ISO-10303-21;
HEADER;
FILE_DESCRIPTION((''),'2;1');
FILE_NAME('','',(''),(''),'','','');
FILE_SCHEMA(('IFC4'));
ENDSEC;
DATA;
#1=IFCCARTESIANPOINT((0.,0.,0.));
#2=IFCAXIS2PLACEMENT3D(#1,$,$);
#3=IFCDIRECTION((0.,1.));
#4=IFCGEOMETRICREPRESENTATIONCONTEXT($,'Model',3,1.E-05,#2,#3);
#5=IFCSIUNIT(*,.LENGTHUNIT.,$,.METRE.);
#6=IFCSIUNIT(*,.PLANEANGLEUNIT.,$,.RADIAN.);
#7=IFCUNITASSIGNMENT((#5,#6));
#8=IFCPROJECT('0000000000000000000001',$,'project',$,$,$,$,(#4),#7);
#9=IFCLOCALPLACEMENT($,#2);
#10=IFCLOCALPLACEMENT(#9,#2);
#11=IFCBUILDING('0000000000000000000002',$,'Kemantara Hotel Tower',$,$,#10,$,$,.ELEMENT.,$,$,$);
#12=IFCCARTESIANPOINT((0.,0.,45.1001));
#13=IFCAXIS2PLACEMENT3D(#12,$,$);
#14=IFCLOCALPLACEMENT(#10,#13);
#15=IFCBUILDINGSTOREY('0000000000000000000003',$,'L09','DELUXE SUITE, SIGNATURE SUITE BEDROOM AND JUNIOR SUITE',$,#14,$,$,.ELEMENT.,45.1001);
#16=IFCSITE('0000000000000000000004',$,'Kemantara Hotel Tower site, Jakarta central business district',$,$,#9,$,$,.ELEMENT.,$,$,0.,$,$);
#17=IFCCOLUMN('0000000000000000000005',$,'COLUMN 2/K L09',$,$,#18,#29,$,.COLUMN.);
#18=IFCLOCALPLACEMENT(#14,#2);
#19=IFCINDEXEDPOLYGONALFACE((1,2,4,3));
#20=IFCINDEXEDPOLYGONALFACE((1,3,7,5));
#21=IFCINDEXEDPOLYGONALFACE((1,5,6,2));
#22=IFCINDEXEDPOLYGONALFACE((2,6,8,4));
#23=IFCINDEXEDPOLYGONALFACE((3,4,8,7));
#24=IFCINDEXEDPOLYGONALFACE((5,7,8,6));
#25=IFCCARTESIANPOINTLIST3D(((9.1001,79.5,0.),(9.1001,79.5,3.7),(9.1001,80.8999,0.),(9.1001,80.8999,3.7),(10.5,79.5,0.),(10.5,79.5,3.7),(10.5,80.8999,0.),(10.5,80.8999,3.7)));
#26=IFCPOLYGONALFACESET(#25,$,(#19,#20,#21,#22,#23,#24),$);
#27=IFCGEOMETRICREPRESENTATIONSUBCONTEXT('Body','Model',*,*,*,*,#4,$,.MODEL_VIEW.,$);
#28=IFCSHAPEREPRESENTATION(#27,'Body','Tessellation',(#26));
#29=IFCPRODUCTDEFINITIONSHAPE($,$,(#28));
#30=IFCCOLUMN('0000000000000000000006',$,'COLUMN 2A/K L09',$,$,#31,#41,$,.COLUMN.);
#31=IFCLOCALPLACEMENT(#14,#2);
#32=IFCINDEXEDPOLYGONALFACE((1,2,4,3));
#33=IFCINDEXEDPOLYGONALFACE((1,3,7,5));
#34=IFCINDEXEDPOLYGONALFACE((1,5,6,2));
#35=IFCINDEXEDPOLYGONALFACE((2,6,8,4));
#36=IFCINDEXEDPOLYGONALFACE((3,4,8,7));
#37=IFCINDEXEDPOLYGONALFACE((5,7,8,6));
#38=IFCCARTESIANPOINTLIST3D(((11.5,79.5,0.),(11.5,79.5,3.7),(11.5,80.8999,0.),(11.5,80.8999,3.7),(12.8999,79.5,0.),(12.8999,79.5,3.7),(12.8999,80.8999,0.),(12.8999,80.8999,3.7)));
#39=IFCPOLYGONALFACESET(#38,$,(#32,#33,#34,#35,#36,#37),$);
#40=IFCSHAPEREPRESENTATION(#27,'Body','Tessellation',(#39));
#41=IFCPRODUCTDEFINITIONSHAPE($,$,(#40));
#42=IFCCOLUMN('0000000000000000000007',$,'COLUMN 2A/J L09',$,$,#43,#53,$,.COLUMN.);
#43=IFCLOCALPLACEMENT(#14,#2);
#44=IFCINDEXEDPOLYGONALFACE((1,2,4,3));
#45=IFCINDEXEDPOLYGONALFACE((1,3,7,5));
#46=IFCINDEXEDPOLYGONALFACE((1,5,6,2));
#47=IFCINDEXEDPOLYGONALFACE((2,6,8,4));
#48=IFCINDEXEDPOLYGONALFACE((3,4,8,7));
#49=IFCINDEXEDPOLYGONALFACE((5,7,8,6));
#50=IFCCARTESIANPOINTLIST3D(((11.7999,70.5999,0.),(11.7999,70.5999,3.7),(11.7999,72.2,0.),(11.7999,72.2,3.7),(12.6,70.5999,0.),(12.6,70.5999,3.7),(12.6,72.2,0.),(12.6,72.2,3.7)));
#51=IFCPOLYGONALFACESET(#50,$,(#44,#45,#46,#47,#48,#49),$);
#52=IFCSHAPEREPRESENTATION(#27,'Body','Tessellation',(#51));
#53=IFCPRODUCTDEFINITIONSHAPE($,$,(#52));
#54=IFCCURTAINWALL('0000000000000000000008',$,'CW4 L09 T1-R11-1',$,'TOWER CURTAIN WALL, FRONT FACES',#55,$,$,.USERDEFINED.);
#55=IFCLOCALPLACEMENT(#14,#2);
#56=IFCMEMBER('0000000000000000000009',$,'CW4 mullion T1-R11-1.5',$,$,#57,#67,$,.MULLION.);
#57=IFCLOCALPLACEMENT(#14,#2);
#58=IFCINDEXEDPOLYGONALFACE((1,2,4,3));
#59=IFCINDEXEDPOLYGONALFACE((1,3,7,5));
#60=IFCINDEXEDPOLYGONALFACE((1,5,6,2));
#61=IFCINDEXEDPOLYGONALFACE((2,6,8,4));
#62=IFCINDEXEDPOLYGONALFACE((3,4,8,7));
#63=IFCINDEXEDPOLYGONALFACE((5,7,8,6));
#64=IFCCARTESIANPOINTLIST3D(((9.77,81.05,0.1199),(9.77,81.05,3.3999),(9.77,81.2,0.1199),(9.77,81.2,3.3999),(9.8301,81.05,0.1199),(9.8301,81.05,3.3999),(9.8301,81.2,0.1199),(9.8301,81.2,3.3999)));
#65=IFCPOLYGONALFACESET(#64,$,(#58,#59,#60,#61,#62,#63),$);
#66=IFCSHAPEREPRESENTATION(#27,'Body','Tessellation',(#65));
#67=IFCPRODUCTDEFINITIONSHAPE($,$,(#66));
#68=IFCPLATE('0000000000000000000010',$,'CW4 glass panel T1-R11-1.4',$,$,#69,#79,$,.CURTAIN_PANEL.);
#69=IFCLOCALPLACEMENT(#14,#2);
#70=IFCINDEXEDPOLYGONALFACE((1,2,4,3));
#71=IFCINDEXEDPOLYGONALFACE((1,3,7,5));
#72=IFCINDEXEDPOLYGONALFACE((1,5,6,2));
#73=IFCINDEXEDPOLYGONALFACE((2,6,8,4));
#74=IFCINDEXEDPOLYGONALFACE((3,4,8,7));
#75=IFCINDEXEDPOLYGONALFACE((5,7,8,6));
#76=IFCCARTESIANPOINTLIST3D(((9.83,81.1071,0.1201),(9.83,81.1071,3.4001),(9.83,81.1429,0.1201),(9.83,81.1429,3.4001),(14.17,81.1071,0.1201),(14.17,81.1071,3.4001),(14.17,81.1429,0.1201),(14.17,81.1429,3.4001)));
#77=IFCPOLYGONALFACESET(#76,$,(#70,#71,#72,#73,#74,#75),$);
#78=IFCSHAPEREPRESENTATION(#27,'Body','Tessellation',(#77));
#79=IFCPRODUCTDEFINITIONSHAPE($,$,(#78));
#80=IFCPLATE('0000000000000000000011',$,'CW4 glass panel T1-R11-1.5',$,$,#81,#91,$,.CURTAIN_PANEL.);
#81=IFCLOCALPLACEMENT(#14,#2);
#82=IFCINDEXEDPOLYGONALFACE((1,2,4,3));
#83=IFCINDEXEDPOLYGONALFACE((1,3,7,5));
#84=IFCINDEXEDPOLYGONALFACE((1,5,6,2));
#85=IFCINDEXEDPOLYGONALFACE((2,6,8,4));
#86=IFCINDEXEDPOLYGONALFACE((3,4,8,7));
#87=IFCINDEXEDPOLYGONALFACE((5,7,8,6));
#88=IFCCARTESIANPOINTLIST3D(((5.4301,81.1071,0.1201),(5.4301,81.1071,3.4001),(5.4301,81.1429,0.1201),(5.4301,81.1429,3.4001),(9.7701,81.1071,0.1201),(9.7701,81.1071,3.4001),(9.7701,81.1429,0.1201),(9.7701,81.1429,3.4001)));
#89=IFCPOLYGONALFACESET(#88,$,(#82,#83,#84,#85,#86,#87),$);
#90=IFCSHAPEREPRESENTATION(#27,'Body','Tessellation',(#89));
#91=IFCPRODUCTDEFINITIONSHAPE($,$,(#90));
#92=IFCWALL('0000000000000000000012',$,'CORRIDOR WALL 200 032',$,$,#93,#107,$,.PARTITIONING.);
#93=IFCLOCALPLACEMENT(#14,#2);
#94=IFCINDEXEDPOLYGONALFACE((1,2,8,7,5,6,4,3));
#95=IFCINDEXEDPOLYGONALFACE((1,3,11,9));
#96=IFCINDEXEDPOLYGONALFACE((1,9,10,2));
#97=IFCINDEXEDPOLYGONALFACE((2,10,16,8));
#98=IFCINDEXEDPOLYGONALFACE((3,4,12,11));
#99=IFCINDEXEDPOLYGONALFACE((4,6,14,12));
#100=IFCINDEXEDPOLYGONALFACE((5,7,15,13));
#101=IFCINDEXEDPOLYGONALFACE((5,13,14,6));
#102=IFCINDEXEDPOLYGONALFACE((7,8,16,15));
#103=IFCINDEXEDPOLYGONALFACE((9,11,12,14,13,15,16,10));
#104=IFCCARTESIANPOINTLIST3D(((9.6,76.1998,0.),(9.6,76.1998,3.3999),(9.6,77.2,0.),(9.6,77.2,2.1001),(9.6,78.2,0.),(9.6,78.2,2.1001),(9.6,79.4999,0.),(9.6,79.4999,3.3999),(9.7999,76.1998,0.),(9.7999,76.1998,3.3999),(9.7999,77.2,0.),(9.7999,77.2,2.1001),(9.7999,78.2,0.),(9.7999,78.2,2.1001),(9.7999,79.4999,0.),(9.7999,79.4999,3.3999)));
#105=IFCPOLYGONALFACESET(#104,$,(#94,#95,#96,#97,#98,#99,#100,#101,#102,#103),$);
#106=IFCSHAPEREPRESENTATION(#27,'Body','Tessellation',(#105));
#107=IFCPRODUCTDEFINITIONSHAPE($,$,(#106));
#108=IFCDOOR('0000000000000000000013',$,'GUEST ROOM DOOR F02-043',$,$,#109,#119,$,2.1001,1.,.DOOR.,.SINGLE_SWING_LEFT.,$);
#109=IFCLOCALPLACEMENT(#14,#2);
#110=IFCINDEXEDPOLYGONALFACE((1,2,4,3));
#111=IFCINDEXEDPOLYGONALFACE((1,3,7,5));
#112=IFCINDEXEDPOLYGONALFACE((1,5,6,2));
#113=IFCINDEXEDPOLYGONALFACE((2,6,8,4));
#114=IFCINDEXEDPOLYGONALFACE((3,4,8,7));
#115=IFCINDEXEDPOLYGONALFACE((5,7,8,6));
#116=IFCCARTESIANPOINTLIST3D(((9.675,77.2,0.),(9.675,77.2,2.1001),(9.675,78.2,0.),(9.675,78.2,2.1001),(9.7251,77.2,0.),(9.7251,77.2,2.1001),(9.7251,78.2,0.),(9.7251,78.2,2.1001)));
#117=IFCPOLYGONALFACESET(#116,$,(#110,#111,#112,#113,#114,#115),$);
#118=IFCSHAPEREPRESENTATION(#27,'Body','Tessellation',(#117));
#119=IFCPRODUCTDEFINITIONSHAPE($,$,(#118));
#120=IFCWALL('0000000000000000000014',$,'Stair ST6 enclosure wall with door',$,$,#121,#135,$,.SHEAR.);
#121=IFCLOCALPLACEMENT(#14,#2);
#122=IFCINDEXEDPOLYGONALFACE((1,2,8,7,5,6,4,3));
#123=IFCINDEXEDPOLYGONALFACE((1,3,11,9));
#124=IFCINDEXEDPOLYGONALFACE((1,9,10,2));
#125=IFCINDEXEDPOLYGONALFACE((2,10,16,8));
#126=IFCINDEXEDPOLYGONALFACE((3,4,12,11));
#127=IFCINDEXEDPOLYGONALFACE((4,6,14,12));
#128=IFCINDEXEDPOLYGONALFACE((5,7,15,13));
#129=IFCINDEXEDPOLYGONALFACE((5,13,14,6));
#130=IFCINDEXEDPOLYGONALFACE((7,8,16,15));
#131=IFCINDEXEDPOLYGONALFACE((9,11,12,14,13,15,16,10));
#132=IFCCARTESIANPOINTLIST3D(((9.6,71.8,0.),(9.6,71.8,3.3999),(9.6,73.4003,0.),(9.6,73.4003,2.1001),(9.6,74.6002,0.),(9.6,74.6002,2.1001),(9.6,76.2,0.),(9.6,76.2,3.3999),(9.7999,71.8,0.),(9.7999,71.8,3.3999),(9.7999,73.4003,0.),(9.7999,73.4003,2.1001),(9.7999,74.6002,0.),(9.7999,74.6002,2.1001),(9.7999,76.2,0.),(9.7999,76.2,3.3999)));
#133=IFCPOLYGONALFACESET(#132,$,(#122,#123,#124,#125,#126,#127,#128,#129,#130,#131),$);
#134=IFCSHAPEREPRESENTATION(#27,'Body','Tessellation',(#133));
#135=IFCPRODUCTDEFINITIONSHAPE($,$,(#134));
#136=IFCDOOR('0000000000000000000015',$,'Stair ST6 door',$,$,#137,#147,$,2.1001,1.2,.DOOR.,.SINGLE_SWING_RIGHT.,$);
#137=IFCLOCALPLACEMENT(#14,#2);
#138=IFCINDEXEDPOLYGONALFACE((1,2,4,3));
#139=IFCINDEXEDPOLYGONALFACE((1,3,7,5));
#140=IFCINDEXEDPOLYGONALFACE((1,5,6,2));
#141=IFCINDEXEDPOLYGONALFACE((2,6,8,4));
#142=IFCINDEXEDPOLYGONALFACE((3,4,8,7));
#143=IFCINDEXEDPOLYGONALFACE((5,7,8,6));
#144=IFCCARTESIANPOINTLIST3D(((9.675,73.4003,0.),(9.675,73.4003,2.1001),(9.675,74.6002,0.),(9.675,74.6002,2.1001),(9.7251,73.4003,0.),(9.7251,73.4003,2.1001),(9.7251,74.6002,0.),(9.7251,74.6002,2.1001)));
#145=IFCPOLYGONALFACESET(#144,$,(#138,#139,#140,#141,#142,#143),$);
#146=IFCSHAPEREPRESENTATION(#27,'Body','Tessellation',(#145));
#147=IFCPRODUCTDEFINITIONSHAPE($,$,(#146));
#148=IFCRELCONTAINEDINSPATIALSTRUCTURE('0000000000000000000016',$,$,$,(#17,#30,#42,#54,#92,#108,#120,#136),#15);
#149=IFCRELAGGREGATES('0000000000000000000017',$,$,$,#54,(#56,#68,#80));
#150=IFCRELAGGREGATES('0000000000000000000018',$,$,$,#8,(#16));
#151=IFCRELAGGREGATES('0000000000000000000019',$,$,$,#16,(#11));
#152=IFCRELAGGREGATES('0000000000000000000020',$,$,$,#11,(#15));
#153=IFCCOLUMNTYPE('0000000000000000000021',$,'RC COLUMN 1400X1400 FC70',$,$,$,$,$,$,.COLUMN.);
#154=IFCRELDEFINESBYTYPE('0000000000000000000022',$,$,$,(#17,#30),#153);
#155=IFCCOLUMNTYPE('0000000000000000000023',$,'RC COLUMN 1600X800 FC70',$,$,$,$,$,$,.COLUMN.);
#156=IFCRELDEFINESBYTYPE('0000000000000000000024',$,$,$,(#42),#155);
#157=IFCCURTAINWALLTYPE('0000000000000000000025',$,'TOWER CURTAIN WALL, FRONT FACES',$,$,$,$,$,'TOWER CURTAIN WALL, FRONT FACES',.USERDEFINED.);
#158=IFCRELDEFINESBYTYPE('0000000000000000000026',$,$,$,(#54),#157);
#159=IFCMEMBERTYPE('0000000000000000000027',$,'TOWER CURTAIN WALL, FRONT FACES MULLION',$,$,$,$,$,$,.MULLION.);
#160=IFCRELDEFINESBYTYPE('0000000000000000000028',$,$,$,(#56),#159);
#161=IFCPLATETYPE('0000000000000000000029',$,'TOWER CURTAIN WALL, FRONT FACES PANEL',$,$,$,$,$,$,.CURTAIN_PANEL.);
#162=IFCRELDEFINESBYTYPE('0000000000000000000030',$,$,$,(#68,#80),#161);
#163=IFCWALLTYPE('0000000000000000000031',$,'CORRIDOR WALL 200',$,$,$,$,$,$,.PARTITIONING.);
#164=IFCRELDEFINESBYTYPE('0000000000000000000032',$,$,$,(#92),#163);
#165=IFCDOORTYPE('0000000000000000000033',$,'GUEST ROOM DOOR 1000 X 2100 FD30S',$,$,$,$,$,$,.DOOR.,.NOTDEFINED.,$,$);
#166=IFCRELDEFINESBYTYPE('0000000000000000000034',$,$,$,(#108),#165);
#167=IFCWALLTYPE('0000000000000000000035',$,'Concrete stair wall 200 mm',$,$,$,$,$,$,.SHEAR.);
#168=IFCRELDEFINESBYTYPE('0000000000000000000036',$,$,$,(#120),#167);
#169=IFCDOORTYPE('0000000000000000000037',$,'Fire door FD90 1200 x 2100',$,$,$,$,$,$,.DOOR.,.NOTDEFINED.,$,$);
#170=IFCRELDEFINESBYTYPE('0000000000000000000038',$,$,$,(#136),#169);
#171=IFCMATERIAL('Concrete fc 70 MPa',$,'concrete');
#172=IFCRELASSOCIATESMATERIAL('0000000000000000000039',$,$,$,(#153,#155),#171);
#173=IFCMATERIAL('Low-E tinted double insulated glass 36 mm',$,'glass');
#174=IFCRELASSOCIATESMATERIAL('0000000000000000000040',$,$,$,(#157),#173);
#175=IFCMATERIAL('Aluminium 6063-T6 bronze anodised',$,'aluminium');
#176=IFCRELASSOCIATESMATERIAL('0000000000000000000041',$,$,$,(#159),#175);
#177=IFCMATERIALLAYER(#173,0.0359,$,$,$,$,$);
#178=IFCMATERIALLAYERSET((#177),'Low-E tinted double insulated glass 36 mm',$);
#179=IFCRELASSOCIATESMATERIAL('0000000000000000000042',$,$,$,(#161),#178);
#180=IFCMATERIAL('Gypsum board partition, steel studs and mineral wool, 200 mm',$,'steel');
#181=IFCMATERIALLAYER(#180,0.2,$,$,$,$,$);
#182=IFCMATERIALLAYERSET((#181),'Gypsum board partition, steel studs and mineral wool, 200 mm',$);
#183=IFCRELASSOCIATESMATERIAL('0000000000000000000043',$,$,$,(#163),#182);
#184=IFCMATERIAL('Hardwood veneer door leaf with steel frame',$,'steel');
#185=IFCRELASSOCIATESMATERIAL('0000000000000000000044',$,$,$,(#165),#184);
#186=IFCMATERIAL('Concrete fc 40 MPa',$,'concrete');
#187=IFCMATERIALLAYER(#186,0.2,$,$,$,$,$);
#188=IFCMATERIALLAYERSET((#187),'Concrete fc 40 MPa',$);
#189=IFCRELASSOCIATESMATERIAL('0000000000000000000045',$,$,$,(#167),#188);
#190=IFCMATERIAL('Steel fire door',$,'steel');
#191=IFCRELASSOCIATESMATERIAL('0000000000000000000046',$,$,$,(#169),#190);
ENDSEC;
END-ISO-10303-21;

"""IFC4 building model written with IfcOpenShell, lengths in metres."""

from ifc_helpers import new_model, si_unit, direction, frame, frame_2d, origin, origin_2d, place, context, subcontext, project, spatial, rectangle, extrude, source, transform, mapped, material, layer, layer_set, material_profile, profile_set, type_object, element, fill, aggregate, save


model = new_model("IFC4")

# Units and contexts
model_context = context("Model", 3, precision=1e-05, world=origin(), true_north=direction((0.0, 1.0)))
body_context = subcontext(model_context, "Body", "Model", "MODEL_VIEW")
ifc_project = project(units=[si_unit("LENGTHUNIT", "METRE"), si_unit("PLANEANGLEUNIT", "RADIAN")], contexts=[model_context])

# Site, building, storey
site_placement = place(None, origin())
site = spatial("IfcSite", under=ifc_project, at=site_placement, Name="Kemantara Hotel Tower site, Jakarta central business district", CompositionType="ELEMENT", RefElevation=0.0)
building_placement = place(site_placement, origin())
building = spatial("IfcBuilding", under=site, at=building_placement, Name="Kemantara Hotel Tower", CompositionType="ELEMENT")
storey_placement = place(building_placement, frame((0.0, 0.0, 45.1001)))
storey = spatial("IfcBuildingStorey", under=building, at=storey_placement, Name="L09", Description="DELUXE SUITE, SIGNATURE SUITE BEDROOM AND JUNIOR SUITE", CompositionType="ELEMENT", Elevation=45.1001)

# Columns
ifc_material_1 = material(Name="Concrete fc 70 MPa", Category="concrete")
ifc_material_profile_1 = material_profile(ifc_material_1, rectangle(XDim=1.3999, YDim=1.3999, at=origin_2d()), Name="RC 1400X1400")
ifc_profile_set_1 = profile_set([ifc_material_profile_1], Name="Concrete fc 70 MPa")
column_type_1 = type_object("IfcColumnType", Name="RC COLUMN 1400X1400 FC70", PredefinedType="COLUMN", material=ifc_profile_set_1)
for number, where, z_axis, x_axis, name in (
    (1, (9.8, 80.2, 0.0), (0.0, 0.0, 1.0), (1.0, 0.0, 0.0), "COLUMN 2/K L09"),
    (2, (12.2, 80.2, 0.0), (0.0, 0.0, 1.0), (1.0, 0.0, 0.0), "COLUMN 2A/K L09"),
):
    element("IfcColumn", number, at=place(storey_placement, frame(where, z_axis=z_axis, x_axis=x_axis)), inside=storey, type_object=column_type_1, Name=name, PredefinedType="COLUMN", context=body_context, shape_type="SweptSolid", body=[
        extrude(rectangle(XDim=1.3999, YDim=1.3999, at=origin_2d()), origin(), (0.0, 0.0, 1.0), 3.7),
    ])
ifc_material_profile_2 = material_profile(ifc_material_1, rectangle(XDim=1.6001, YDim=0.8, at=origin_2d()), Name="RC 1600X800")
ifc_profile_set_2 = profile_set([ifc_material_profile_2], Name="Concrete fc 70 MPa")
column_type_2 = type_object("IfcColumnType", Name="RC COLUMN 1600X800 FC70", PredefinedType="COLUMN", material=ifc_profile_set_2)
column_placement = place(storey_placement, frame((12.2, 71.3999, 0.0), z_axis=(0.0, 0.0, 1.0), x_axis=(0.0, 1.0, 0.0)))
element("IfcColumn", 3, at=column_placement, inside=storey, type_object=column_type_2, Name="COLUMN 2A/J L09", PredefinedType="COLUMN", context=body_context, shape_type="SweptSolid", body=[
    extrude(rectangle(XDim=1.6001, YDim=0.8, at=origin_2d()), origin(), (0.0, 0.0, 1.0), 3.7),
])

# Curtain wall, member, plates
ifc_material_2 = material(Name="Low-E tinted double insulated glass 36 mm", Category="glass")
curtain_wall_type = type_object("IfcCurtainWallType", Name="TOWER CURTAIN WALL, FRONT FACES", ElementType="TOWER CURTAIN WALL, FRONT FACES", PredefinedType="USERDEFINED", material=ifc_material_2)
curtain_wall_placement = place(storey_placement, origin())
curtain_wall = element("IfcCurtainWall", 4, at=curtain_wall_placement, inside=storey, type_object=curtain_wall_type, Name="CW4 L09 T1-R11-1", ObjectType="TOWER CURTAIN WALL, FRONT FACES", PredefinedType="USERDEFINED")
ifc_material_3 = material(Name="Aluminium 6063-T6 bronze anodised", Category="aluminium")
ifc_material_profile_3 = material_profile(ifc_material_3, rectangle(XDim=0.1499, YDim=0.0601, at=origin_2d()), Name="TOWER CURTAIN WALL, FRONT FACES MULLION")
ifc_profile_set_3 = profile_set([ifc_material_profile_3], Name="Aluminium 6063-T6 bronze anodised")
member_type = type_object("IfcMemberType", Name="TOWER CURTAIN WALL, FRONT FACES MULLION", PredefinedType="MULLION", material=ifc_profile_set_3)
shared_shape_1 = source(origin(), body_context, "Body", "SweptSolid", [
    extrude(rectangle(XDim=0.1499, YDim=0.0601, at=origin_2d()), origin(), (0.0, 0.0, 1.0), 3.28),
])
member_placement = place(storey_placement, frame((9.8, 81.125, 0.1199), z_axis=(0.0, 0.0, 1.0), x_axis=(0.0, -1.0, 0.0)))
member = element("IfcMember", 5, at=member_placement, type_object=member_type, Name="CW4 mullion T1-R11-1.5", PredefinedType="MULLION", context=body_context, shape_type="MappedRepresentation", body=[
    mapped(shared_shape_1, transform((0.0, 0.0, 0.0))),
])
ifc_layer_1 = layer(ifc_material_2, 0.0359)
ifc_layer_set_1 = layer_set([ifc_layer_1], Name="Low-E tinted double insulated glass 36 mm")
plate_type = type_object("IfcPlateType", Name="TOWER CURTAIN WALL, FRONT FACES PANEL", PredefinedType="CURTAIN_PANEL", material=ifc_layer_set_1)
shared_shape_2 = source(origin(), body_context, "Body", "SweptSolid", [
    extrude(rectangle(XDim=4.3401, YDim=0.0359, at=origin_2d()), origin(), (0.0, 0.0, 1.0), 3.28),
])
plate_1_placement = place(storey_placement, frame((12.0, 81.125, 0.1201), z_axis=(0.0, 0.0, 1.0), x_axis=(-1.0, 0.0, 0.0)))
plate_1 = element("IfcPlate", 6, at=plate_1_placement, type_object=plate_type, Name="CW4 glass panel T1-R11-1.4", PredefinedType="CURTAIN_PANEL", context=body_context, shape_type="MappedRepresentation", body=[
    mapped(shared_shape_2, transform((0.0, 0.0, 0.0))),
])
plate_2_placement = place(storey_placement, frame((7.6001, 81.125, 0.1201), z_axis=(0.0, 0.0, 1.0), x_axis=(-1.0, 0.0, 0.0)))
plate_2 = element("IfcPlate", 7, at=plate_2_placement, type_object=plate_type, Name="CW4 glass panel T1-R11-1.5", PredefinedType="CURTAIN_PANEL", context=body_context, shape_type="MappedRepresentation", body=[
    mapped(shared_shape_2, transform((0.0, 0.0, 0.0))),
])
aggregate(curtain_wall, [member, plate_1, plate_2])

# Walls, openings, doors
ifc_material_4 = material(Name="Gypsum board partition, steel studs and mineral wool, 200 mm", Category="steel")
ifc_layer_2 = layer(ifc_material_4, 0.2)
ifc_layer_set_2 = layer_set([ifc_layer_2], Name="Gypsum board partition, steel studs and mineral wool, 200 mm")
wall_type_1 = type_object("IfcWallType", Name="CORRIDOR WALL 200", PredefinedType="PARTITIONING", material=ifc_layer_set_2)
wall_1_placement = place(storey_placement, frame((9.7, 76.2, 0.0), z_axis=(0.0, 0.0, 1.0), x_axis=(0.0, 1.0, 0.0)))
wall_1 = element("IfcWall", 8, at=wall_1_placement, inside=storey, type_object=wall_type_1, Name="CORRIDOR WALL 200 032", PredefinedType="PARTITIONING", context=body_context, shape_type="SweptSolid", body=[
    extrude(rectangle(XDim=3.3, YDim=0.2, at=frame_2d((1.6499, 0.0))), origin(), (0.0, 0.0, 1.0), 3.3999),
])
opening_1_placement = place(wall_1_placement, frame((1.0, 0.0, 0.0)))
opening_1 = element("IfcOpeningElement", 9, at=opening_1_placement, cuts=wall_1, PredefinedType="OPENING", context=body_context, shape_type="SweptSolid", body=[
    extrude(rectangle(XDim=1.0, YDim=2.1001, at=frame_2d((0.5, 1.05))), frame((0.0, 0.1099, 0.0), z_axis=(0.0, -1.0, 0.0), x_axis=(1.0, 0.0, 0.0)), (0.0, 0.0, 1.0), 0.22),
])
ifc_material_5 = material(Name="Hardwood veneer door leaf with steel frame", Category="steel")
door_type_1 = type_object("IfcDoorType", Name="GUEST ROOM DOOR 1000 X 2100 FD30S", OperationType="NOTDEFINED", PredefinedType="DOOR", material=ifc_material_5)
door_1_placement = place(opening_1_placement, origin())
door_1 = element("IfcDoor", 10, at=door_1_placement, inside=storey, type_object=door_type_1, Name="GUEST ROOM DOOR F02-043", OperationType="SINGLE_SWING_LEFT", OverallHeight=2.1001, OverallWidth=1.0, PredefinedType="DOOR", context=body_context, shape_type="SweptSolid", body=[
    extrude(rectangle(XDim=1.0, YDim=2.1001, at=frame_2d((0.5, 1.05))), frame((0.0, 0.0249, 0.0), z_axis=(0.0, -1.0, 0.0), x_axis=(1.0, 0.0, 0.0)), (0.0, 0.0, 1.0), 0.05),
])
fill(opening_1, door_1)
ifc_material_6 = material(Name="Concrete fc 40 MPa", Category="concrete")
ifc_layer_3 = layer(ifc_material_6, 0.2)
ifc_layer_set_3 = layer_set([ifc_layer_3], Name="Concrete fc 40 MPa")
wall_type_2 = type_object("IfcWallType", Name="Concrete stair wall 200 mm", PredefinedType="SHEAR", material=ifc_layer_set_3)
wall_2_placement = place(storey_placement, frame((9.7, 71.8, 0.0), z_axis=(0.0, 0.0, 1.0), x_axis=(0.0, 1.0, 0.0)))
wall_2 = element("IfcWall", 11, at=wall_2_placement, inside=storey, type_object=wall_type_2, Name="Stair ST6 enclosure wall with door", PredefinedType="SHEAR", context=body_context, shape_type="SweptSolid", body=[
    extrude(rectangle(XDim=4.3999, YDim=0.2, at=frame_2d((2.2, 0.0))), origin(), (0.0, 0.0, 1.0), 3.3999),
])
opening_2_placement = place(wall_2_placement, frame((1.6001, 0.0, 0.0)))
opening_2 = element("IfcOpeningElement", 12, at=opening_2_placement, cuts=wall_2, PredefinedType="OPENING", context=body_context, shape_type="SweptSolid", body=[
    extrude(rectangle(XDim=1.2, YDim=2.1001, at=frame_2d((0.6001, 1.05))), frame((0.0, 0.1099, 0.0), z_axis=(0.0, -1.0, 0.0), x_axis=(1.0, 0.0, 0.0)), (0.0, 0.0, 1.0), 0.22),
])
ifc_material_7 = material(Name="Steel fire door", Category="steel")
door_type_2 = type_object("IfcDoorType", Name="Fire door FD90 1200 x 2100", OperationType="NOTDEFINED", PredefinedType="DOOR", material=ifc_material_7)
door_2_placement = place(opening_2_placement, origin())
door_2 = element("IfcDoor", 13, at=door_2_placement, inside=storey, type_object=door_type_2, Name="Stair ST6 door", OperationType="SINGLE_SWING_RIGHT", OverallHeight=2.1001, OverallWidth=1.2, PredefinedType="DOOR", context=body_context, shape_type="SweptSolid", body=[
    extrude(rectangle(XDim=1.2, YDim=2.1001, at=frame_2d((0.6001, 1.05))), frame((0.0, 0.0249, 0.0), z_axis=(0.0, -1.0, 0.0), x_axis=(1.0, 0.0, 0.0)), (0.0, 0.0, 1.0), 0.05),
])
fill(opening_2, door_2)

save(model, "model.ifc")
